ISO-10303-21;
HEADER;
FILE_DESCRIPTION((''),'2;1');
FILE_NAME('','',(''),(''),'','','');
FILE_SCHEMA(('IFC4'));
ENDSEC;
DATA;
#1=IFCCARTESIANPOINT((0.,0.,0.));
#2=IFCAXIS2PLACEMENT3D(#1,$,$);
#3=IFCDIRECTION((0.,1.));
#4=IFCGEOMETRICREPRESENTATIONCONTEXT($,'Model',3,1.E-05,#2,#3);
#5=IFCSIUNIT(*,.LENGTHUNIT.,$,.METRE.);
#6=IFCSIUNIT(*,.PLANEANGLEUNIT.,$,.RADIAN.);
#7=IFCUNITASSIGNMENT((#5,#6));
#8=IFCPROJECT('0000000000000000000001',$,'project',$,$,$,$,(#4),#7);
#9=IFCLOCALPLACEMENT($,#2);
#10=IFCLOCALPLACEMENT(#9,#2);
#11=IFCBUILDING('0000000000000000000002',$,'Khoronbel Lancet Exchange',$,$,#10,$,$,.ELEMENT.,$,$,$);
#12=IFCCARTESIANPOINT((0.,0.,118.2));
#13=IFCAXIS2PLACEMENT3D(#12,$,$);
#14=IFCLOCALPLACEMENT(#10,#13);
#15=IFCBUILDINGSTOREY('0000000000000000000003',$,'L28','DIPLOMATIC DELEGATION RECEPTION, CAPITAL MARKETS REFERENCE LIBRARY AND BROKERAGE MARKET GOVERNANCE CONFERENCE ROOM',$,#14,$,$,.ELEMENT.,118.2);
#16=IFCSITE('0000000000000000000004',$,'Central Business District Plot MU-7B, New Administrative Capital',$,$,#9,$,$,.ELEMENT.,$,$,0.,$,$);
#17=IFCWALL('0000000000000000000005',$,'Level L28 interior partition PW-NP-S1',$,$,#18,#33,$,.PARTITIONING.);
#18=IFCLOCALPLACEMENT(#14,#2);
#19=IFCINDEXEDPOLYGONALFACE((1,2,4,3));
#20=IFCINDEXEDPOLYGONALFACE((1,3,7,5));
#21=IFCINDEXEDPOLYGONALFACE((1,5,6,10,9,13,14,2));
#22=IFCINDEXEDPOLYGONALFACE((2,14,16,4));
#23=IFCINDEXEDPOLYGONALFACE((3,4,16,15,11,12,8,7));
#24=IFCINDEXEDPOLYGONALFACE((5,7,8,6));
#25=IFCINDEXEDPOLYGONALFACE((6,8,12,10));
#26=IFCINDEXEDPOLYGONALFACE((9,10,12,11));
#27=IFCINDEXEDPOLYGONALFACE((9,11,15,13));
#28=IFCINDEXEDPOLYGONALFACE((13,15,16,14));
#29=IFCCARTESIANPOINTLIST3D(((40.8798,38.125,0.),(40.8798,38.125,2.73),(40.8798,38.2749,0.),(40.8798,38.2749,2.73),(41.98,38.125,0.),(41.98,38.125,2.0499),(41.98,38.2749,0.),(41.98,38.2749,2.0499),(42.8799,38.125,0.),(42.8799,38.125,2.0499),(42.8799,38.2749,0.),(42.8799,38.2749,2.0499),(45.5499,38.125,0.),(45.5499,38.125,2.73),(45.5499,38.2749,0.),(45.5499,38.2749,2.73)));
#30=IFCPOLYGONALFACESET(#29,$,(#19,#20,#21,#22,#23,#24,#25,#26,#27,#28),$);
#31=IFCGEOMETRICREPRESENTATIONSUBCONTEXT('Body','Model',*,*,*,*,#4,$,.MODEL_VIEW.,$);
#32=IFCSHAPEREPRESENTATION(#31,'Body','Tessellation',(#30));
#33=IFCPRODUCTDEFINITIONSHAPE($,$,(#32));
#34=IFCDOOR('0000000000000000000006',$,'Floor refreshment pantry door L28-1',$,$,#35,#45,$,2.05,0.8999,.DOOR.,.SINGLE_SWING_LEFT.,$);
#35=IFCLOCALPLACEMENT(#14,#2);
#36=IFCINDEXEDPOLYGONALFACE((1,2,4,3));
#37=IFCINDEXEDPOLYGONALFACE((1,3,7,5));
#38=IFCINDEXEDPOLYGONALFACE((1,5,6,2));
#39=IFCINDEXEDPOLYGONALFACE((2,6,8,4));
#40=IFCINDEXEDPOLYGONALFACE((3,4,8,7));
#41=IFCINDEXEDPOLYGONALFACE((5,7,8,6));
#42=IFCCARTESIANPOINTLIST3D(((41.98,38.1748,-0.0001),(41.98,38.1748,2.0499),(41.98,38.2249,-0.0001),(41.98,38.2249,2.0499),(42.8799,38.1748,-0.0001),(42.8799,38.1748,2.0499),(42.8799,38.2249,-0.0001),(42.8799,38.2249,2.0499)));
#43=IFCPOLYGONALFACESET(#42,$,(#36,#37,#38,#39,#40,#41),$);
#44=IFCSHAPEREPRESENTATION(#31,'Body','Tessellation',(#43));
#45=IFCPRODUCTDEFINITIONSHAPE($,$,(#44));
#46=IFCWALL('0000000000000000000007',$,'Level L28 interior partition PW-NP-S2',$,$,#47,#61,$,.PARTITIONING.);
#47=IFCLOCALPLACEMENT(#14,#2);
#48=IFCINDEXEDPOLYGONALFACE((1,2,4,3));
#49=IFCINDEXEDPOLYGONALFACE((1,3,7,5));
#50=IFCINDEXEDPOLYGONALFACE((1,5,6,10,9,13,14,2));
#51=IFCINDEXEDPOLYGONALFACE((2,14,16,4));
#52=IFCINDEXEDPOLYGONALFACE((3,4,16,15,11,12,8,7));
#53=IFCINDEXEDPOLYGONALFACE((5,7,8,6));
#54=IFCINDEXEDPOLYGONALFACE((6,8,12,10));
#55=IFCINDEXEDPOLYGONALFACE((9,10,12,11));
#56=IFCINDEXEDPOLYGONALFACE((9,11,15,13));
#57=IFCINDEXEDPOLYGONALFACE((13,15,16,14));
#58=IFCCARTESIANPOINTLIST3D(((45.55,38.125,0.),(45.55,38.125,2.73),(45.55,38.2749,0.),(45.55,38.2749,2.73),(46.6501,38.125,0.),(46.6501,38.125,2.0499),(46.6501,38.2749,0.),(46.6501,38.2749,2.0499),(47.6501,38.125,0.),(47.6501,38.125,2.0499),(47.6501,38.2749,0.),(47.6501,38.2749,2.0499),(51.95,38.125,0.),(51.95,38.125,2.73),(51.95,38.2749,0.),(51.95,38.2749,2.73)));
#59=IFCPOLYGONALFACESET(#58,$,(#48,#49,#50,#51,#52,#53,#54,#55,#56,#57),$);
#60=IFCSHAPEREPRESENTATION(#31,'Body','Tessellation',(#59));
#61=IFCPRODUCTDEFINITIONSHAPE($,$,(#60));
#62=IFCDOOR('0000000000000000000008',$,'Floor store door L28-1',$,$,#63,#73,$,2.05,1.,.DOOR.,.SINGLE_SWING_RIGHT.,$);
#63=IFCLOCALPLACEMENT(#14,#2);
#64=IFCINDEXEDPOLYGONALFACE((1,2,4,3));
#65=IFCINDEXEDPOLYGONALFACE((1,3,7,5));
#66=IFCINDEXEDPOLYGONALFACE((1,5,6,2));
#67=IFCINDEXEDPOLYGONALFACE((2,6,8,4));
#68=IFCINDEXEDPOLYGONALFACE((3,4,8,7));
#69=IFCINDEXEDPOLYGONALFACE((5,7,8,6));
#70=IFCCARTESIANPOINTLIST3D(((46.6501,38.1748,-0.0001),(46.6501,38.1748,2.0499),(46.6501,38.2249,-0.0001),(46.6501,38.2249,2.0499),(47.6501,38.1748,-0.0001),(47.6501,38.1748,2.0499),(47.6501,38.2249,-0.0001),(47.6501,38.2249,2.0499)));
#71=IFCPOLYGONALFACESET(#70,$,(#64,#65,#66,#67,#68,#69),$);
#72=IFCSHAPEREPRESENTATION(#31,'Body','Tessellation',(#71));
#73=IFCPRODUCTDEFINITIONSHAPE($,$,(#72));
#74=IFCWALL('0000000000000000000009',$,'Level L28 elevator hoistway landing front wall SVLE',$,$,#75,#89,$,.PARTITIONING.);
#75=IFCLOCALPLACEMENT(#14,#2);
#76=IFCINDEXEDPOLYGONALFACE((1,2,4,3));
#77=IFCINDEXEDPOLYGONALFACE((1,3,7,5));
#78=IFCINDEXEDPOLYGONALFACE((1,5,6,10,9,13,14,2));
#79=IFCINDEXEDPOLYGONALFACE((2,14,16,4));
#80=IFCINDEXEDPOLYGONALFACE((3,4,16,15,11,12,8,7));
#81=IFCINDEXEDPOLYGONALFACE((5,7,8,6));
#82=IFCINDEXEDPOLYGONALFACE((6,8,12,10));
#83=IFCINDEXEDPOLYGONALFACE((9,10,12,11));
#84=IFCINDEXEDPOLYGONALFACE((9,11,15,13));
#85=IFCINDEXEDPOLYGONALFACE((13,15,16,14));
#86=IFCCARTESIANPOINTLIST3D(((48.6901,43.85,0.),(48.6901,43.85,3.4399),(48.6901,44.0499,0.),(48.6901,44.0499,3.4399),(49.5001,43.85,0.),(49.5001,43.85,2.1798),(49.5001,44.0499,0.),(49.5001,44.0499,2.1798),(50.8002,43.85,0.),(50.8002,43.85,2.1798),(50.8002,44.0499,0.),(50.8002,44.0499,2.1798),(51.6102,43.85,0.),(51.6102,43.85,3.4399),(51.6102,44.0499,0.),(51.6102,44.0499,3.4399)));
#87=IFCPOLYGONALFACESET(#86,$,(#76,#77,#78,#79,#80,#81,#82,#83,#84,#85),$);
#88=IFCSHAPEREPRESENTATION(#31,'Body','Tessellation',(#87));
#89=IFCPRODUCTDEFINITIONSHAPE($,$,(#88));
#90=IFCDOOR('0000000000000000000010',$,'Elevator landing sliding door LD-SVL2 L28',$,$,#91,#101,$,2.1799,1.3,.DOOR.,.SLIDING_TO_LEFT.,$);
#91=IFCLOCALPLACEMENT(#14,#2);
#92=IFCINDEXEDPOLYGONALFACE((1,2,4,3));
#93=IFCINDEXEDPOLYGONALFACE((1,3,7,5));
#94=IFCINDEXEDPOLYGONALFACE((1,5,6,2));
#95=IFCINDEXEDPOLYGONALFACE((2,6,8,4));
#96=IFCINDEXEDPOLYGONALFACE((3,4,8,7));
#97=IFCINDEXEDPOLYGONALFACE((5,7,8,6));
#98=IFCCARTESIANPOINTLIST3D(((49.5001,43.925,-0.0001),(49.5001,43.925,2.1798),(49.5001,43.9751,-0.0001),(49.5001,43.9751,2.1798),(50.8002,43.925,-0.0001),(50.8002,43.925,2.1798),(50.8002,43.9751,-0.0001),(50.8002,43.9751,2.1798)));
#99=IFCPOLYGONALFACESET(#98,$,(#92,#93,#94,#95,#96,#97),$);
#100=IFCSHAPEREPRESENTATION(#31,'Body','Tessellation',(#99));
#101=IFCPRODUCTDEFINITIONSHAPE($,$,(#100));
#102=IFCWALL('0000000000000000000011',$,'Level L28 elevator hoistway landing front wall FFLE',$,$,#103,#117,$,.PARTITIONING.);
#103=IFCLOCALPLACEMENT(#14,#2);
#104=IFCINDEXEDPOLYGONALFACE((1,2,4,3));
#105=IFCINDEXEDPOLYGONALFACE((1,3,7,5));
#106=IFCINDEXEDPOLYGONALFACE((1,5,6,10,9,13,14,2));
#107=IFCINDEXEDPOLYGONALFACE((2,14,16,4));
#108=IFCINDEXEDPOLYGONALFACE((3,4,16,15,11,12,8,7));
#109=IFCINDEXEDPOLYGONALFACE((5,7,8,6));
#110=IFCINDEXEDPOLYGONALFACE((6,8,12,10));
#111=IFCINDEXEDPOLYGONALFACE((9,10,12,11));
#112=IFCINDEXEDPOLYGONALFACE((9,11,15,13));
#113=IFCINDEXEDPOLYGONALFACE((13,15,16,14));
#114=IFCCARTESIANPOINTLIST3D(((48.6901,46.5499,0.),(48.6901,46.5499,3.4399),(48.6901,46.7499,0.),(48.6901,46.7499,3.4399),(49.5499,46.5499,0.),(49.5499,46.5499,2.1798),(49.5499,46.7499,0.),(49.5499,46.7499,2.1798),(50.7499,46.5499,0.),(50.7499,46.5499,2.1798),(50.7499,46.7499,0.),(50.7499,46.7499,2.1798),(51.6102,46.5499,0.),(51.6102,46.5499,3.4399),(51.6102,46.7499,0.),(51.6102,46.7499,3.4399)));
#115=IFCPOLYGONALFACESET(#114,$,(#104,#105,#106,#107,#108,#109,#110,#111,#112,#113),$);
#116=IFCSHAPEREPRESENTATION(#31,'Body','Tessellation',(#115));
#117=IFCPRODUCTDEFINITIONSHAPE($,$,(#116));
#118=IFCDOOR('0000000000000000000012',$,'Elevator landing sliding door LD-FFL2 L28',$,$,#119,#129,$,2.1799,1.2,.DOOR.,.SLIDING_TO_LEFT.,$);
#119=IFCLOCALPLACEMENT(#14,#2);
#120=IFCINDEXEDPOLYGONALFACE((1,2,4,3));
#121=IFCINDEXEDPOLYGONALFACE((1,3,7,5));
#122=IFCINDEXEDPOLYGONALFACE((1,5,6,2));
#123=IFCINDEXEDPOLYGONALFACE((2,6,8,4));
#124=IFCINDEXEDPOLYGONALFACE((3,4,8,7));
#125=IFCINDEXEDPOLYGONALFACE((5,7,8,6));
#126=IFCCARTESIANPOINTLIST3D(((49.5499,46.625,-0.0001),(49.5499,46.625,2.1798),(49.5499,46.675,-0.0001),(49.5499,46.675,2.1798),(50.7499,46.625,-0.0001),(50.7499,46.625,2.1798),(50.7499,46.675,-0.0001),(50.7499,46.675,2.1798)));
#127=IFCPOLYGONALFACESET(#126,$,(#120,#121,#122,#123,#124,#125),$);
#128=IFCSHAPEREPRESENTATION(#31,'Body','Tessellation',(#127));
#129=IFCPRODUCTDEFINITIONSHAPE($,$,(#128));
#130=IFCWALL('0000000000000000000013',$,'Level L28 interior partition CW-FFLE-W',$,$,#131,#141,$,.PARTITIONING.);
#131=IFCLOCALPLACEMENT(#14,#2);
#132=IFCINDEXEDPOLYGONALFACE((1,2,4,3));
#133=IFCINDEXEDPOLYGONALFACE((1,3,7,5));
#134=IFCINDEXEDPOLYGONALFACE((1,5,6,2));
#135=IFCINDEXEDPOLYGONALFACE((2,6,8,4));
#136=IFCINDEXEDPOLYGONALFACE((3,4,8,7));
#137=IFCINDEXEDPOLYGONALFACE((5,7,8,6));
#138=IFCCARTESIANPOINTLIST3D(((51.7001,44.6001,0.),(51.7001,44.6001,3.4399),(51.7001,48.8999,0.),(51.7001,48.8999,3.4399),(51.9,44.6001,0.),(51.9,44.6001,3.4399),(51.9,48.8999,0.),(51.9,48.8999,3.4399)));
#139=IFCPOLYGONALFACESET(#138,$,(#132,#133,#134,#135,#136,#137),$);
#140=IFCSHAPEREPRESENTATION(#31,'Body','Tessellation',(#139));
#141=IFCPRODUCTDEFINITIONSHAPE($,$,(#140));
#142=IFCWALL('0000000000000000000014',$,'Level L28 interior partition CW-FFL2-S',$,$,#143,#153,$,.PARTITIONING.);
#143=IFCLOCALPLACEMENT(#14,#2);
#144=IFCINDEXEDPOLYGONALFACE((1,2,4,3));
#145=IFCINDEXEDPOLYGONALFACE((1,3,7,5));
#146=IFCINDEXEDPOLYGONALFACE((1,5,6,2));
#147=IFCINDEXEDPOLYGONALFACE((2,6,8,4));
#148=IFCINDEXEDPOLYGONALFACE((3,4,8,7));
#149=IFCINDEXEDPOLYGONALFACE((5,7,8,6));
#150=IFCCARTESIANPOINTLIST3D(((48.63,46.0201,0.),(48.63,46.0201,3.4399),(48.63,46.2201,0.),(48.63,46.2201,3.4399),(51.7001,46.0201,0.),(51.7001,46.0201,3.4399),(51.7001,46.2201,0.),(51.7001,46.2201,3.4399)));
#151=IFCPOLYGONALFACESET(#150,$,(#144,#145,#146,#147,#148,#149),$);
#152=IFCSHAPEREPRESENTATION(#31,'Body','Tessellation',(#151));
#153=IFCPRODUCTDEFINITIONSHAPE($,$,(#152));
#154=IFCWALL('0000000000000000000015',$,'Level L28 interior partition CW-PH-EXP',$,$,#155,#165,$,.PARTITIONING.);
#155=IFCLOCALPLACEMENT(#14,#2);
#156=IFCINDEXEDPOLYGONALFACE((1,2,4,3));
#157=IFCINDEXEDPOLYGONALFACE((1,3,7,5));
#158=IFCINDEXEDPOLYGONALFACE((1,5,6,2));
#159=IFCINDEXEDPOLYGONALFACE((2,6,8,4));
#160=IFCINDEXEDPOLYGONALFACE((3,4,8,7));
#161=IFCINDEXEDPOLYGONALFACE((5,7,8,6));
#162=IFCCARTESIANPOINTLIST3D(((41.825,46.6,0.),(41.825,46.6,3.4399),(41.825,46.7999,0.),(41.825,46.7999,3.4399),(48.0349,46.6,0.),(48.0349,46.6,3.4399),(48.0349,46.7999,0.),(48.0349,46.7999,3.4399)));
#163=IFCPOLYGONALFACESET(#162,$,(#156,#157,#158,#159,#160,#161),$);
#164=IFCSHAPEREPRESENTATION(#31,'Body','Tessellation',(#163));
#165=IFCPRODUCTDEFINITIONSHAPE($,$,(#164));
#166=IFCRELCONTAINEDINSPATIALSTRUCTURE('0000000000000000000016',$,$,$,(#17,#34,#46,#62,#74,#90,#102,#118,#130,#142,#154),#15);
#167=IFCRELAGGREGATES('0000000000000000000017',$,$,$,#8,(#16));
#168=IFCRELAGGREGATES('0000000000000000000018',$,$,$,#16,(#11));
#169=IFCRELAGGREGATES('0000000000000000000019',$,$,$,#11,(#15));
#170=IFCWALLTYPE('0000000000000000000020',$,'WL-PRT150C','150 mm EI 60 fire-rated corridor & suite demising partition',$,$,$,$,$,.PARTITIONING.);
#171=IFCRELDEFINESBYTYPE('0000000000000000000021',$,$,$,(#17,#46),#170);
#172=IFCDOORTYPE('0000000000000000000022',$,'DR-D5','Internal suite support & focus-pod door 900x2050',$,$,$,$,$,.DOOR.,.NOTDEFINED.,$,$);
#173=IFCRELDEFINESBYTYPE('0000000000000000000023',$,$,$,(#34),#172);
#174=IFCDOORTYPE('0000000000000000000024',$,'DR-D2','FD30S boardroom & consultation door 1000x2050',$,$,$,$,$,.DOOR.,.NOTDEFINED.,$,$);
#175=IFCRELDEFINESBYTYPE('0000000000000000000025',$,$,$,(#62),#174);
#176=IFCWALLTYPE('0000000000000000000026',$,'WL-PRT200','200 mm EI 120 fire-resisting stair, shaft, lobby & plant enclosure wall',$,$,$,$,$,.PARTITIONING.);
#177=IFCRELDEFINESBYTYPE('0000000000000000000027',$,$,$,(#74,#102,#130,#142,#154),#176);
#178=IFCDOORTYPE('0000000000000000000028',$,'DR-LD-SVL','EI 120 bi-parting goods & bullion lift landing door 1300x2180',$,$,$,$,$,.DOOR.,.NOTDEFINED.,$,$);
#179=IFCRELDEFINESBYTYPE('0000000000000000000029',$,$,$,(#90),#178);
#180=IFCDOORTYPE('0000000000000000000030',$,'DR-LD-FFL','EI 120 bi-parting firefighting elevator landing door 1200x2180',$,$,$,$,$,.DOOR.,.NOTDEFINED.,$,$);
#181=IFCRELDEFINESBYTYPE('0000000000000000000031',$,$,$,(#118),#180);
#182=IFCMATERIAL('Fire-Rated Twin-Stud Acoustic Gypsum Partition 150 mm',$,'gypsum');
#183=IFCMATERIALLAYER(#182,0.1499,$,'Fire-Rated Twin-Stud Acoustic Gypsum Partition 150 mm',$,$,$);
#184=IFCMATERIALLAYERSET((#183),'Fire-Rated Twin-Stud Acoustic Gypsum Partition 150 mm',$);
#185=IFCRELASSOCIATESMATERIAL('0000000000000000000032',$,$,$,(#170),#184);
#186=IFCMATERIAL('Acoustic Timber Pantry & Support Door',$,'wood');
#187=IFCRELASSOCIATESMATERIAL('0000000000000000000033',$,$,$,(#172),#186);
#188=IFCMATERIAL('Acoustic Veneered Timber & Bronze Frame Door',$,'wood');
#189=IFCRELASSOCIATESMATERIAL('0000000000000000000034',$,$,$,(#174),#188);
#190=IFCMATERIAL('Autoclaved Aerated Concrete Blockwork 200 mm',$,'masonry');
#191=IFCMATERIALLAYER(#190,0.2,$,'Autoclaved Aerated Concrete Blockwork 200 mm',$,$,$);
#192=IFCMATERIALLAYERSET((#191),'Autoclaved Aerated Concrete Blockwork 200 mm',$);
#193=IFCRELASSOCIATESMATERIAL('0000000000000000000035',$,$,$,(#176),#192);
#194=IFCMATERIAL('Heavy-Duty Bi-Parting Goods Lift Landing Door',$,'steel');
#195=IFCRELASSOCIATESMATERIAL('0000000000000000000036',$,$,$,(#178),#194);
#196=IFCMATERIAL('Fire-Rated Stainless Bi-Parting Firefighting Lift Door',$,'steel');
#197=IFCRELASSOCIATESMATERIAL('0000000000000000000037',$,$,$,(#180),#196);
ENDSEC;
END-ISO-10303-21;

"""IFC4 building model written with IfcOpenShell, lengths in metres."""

from ifc_helpers import new_model, si_unit, direction, frame, frame_2d, origin, place, context, subcontext, project, spatial, rectangle, extrude, material, layer, layer_set, type_object, element, fill, save


model = new_model("IFC4")

# Units and contexts
model_context = context("Model", 3, precision=1e-05, world=origin(), true_north=direction((0.0, 1.0)))
body_context = subcontext(model_context, "Body", "Model", "MODEL_VIEW")
ifc_project = project(units=[si_unit("LENGTHUNIT", "METRE"), si_unit("PLANEANGLEUNIT", "RADIAN")], contexts=[model_context])

# Site, building, storey
site_placement = place(None, origin())
site = spatial("IfcSite", under=ifc_project, at=site_placement, Name="Central Business District Plot MU-7B, New Administrative Capital", CompositionType="ELEMENT", RefElevation=0.0)
building_placement = place(site_placement, origin())
building = spatial("IfcBuilding", under=site, at=building_placement, Name="Khoronbel Lancet Exchange", CompositionType="ELEMENT")
storey_placement = place(building_placement, frame((0.0, 0.0, 118.2)))
storey = spatial("IfcBuildingStorey", under=building, at=storey_placement, Name="L28", Description="DIPLOMATIC DELEGATION RECEPTION, CAPITAL MARKETS REFERENCE LIBRARY AND BROKERAGE MARKET GOVERNANCE CONFERENCE ROOM", CompositionType="ELEMENT", Elevation=118.2)

# Walls, openings, doors
ifc_material_1 = material(Name="Fire-Rated Twin-Stud Acoustic Gypsum Partition 150 mm", Category="gypsum")
ifc_layer_1 = layer(ifc_material_1, 0.1499, Name="Fire-Rated Twin-Stud Acoustic Gypsum Partition 150 mm")
ifc_layer_set_1 = layer_set([ifc_layer_1], Name="Fire-Rated Twin-Stud Acoustic Gypsum Partition 150 mm")
wall_type_1 = type_object("IfcWallType", Name="WL-PRT150C", Description="150 mm EI 60 fire-rated corridor & suite demising partition", PredefinedType="PARTITIONING", material=ifc_layer_set_1)
wall_1_placement = place(storey_placement, frame((40.8799, 38.2, 0.0), z_axis=(0.0, 0.0, 1.0), x_axis=(1.0, 0.0, 0.0)))
wall_1 = element("IfcWall", 1, at=wall_1_placement, inside=storey, type_object=wall_type_1, Name="Level L28 interior partition PW-NP-S1", PredefinedType="PARTITIONING", context=body_context, shape_type="SweptSolid", body=[
    extrude(rectangle(XDim=4.6702, YDim=0.1499, at=frame_2d((2.335, 0.0))), origin(), (0.0, 0.0, 1.0), 2.73),
])
opening_1_placement = place(wall_1_placement, frame((1.1001, 0.0, 0.0)))
opening_1 = element("IfcOpeningElement", 2, at=opening_1_placement, cuts=wall_1, PredefinedType="OPENING", context=body_context, shape_type="SweptSolid", body=[
    extrude(rectangle(XDim=0.8999, YDim=2.05, at=frame_2d((0.45, 1.0249))), frame((0.0, 0.085, 0.0), z_axis=(0.0, -1.0, 0.0), x_axis=(1.0, 0.0, 0.0)), (0.0, 0.0, 1.0), 0.1699),
])
ifc_material_2 = material(Name="Acoustic Timber Pantry & Support Door", Category="wood")
door_type_1 = type_object("IfcDoorType", Name="DR-D5", Description="Internal suite support & focus-pod door 900x2050", OperationType="NOTDEFINED", PredefinedType="DOOR", material=ifc_material_2)
door_1_placement = place(opening_1_placement, origin())
door_1 = element("IfcDoor", 3, at=door_1_placement, inside=storey, type_object=door_type_1, Name="Floor refreshment pantry door L28-1", OperationType="SINGLE_SWING_LEFT", OverallHeight=2.05, OverallWidth=0.8999, PredefinedType="DOOR", context=body_context, shape_type="SweptSolid", body=[
    extrude(rectangle(XDim=0.8999, YDim=2.05, at=frame_2d((0.45, 1.0249))), frame((0.0, 0.0249, 0.0), z_axis=(0.0, -1.0, 0.0), x_axis=(1.0, 0.0, 0.0)), (0.0, 0.0, 1.0), 0.05),
])
fill(opening_1, door_1)
wall_2_placement = place(storey_placement, frame((45.55, 38.2, 0.0), z_axis=(0.0, 0.0, 1.0), x_axis=(1.0, 0.0, 0.0)))
wall_2 = element("IfcWall", 4, at=wall_2_placement, inside=storey, type_object=wall_type_1, Name="Level L28 interior partition PW-NP-S2", PredefinedType="PARTITIONING", context=body_context, shape_type="SweptSolid", body=[
    extrude(rectangle(XDim=6.3999, YDim=0.1499, at=frame_2d((3.2, 0.0))), origin(), (0.0, 0.0, 1.0), 2.73),
])
opening_2_placement = place(wall_2_placement, frame((1.1001, 0.0, 0.0)))
opening_2 = element("IfcOpeningElement", 5, at=opening_2_placement, cuts=wall_2, PredefinedType="OPENING", context=body_context, shape_type="SweptSolid", body=[
    extrude(rectangle(XDim=1.0, YDim=2.05, at=frame_2d((0.5, 1.0249))), frame((0.0, 0.085, 0.0), z_axis=(0.0, -1.0, 0.0), x_axis=(1.0, 0.0, 0.0)), (0.0, 0.0, 1.0), 0.1699),
])
ifc_material_3 = material(Name="Acoustic Veneered Timber & Bronze Frame Door", Category="wood")
door_type_2 = type_object("IfcDoorType", Name="DR-D2", Description="FD30S boardroom & consultation door 1000x2050", OperationType="NOTDEFINED", PredefinedType="DOOR", material=ifc_material_3)
door_2_placement = place(opening_2_placement, origin())
door_2 = element("IfcDoor", 6, at=door_2_placement, inside=storey, type_object=door_type_2, Name="Floor store door L28-1", OperationType="SINGLE_SWING_RIGHT", OverallHeight=2.05, OverallWidth=1.0, PredefinedType="DOOR", context=body_context, shape_type="SweptSolid", body=[
    extrude(rectangle(XDim=1.0, YDim=2.05, at=frame_2d((0.5, 1.0249))), frame((0.0, 0.0249, 0.0), z_axis=(0.0, -1.0, 0.0), x_axis=(1.0, 0.0, 0.0)), (0.0, 0.0, 1.0), 0.05),
])
fill(opening_2, door_2)
ifc_material_4 = material(Name="Autoclaved Aerated Concrete Blockwork 200 mm", Category="masonry")
ifc_layer_2 = layer(ifc_material_4, 0.2, Name="Autoclaved Aerated Concrete Blockwork 200 mm")
ifc_layer_set_2 = layer_set([ifc_layer_2], Name="Autoclaved Aerated Concrete Blockwork 200 mm")
wall_type_2 = type_object("IfcWallType", Name="WL-PRT200", Description="200 mm EI 120 fire-resisting stair, shaft, lobby & plant enclosure wall", PredefinedType="PARTITIONING", material=ifc_layer_set_2)
wall_3_placement = place(storey_placement, frame((51.6101, 43.95, 0.0), z_axis=(0.0, 0.0, 1.0), x_axis=(-1.0, 0.0, 0.0)))
wall_3 = element("IfcWall", 7, at=wall_3_placement, inside=storey, type_object=wall_type_2, Name="Level L28 elevator hoistway landing front wall SVLE", PredefinedType="PARTITIONING", context=body_context, shape_type="SweptSolid", body=[
    extrude(rectangle(XDim=2.9202, YDim=0.2, at=frame_2d((1.46, 0.0))), origin(), (0.0, 0.0, 1.0), 3.4399),
])
opening_3_placement = place(wall_3_placement, frame((0.8101, 0.0, 0.0)))
opening_3 = element("IfcOpeningElement", 8, at=opening_3_placement, cuts=wall_3, PredefinedType="OPENING", context=body_context, shape_type="SweptSolid", body=[
    extrude(rectangle(XDim=1.3, YDim=2.1799, at=frame_2d((0.6499, 1.0898))), frame((0.0, 0.1099, 0.0), z_axis=(0.0, -1.0, 0.0), x_axis=(1.0, 0.0, 0.0)), (0.0, 0.0, 1.0), 0.22),
])
ifc_material_5 = material(Name="Heavy-Duty Bi-Parting Goods Lift Landing Door", Category="steel")
door_type_3 = type_object("IfcDoorType", Name="DR-LD-SVL", Description="EI 120 bi-parting goods & bullion lift landing door 1300x2180", OperationType="NOTDEFINED", PredefinedType="DOOR", material=ifc_material_5)
door_3_placement = place(opening_3_placement, origin())
door_3 = element("IfcDoor", 9, at=door_3_placement, inside=storey, type_object=door_type_3, Name="Elevator landing sliding door LD-SVL2 L28", OperationType="SLIDING_TO_LEFT", OverallHeight=2.1799, OverallWidth=1.3, PredefinedType="DOOR", context=body_context, shape_type="SweptSolid", body=[
    extrude(rectangle(XDim=1.3, YDim=2.1799, at=frame_2d((0.6499, 1.0898))), frame((0.0, 0.0249, 0.0), z_axis=(0.0, -1.0, 0.0), x_axis=(1.0, 0.0, 0.0)), (0.0, 0.0, 1.0), 0.05),
])
fill(opening_3, door_3)
wall_4_placement = place(storey_placement, frame((51.6101, 46.6499, 0.0), z_axis=(0.0, 0.0, 1.0), x_axis=(-1.0, 0.0, 0.0)))
wall_4 = element("IfcWall", 10, at=wall_4_placement, inside=storey, type_object=wall_type_2, Name="Level L28 elevator hoistway landing front wall FFLE", PredefinedType="PARTITIONING", context=body_context, shape_type="SweptSolid", body=[
    extrude(rectangle(XDim=2.9202, YDim=0.2, at=frame_2d((1.46, 0.0))), origin(), (0.0, 0.0, 1.0), 3.4399),
])
opening_4_placement = place(wall_4_placement, frame((0.8601, 0.0, 0.0)))
opening_4 = element("IfcOpeningElement", 11, at=opening_4_placement, cuts=wall_4, PredefinedType="OPENING", context=body_context, shape_type="SweptSolid", body=[
    extrude(rectangle(XDim=1.2, YDim=2.1799, at=frame_2d((0.6001, 1.0898))), frame((0.0, 0.1099, 0.0), z_axis=(0.0, -1.0, 0.0), x_axis=(1.0, 0.0, 0.0)), (0.0, 0.0, 1.0), 0.22),
])
ifc_material_6 = material(Name="Fire-Rated Stainless Bi-Parting Firefighting Lift Door", Category="steel")
door_type_4 = type_object("IfcDoorType", Name="DR-LD-FFL", Description="EI 120 bi-parting firefighting elevator landing door 1200x2180", OperationType="NOTDEFINED", PredefinedType="DOOR", material=ifc_material_6)
door_4_placement = place(opening_4_placement, origin())
door_4 = element("IfcDoor", 12, at=door_4_placement, inside=storey, type_object=door_type_4, Name="Elevator landing sliding door LD-FFL2 L28", OperationType="SLIDING_TO_LEFT", OverallHeight=2.1799, OverallWidth=1.2, PredefinedType="DOOR", context=body_context, shape_type="SweptSolid", body=[
    extrude(rectangle(XDim=1.2, YDim=2.1799, at=frame_2d((0.6001, 1.0898))), frame((0.0, 0.0249, 0.0), z_axis=(0.0, -1.0, 0.0), x_axis=(1.0, 0.0, 0.0)), (0.0, 0.0, 1.0), 0.05),
])
fill(opening_4, door_4)

# Walls
wall_5_placement = place(storey_placement, frame((51.8, 44.6001, 0.0), z_axis=(0.0, 0.0, 1.0), x_axis=(0.0, 1.0, 0.0)))
element("IfcWall", 13, at=wall_5_placement, inside=storey, type_object=wall_type_2, Name="Level L28 interior partition CW-FFLE-W", PredefinedType="PARTITIONING", context=body_context, shape_type="SweptSolid", body=[
    extrude(rectangle(XDim=4.2998, YDim=0.2, at=frame_2d((2.1499, 0.0))), origin(), (0.0, 0.0, 1.0), 3.4399),
])
wall_6_placement = place(storey_placement, frame((48.6299, 46.1201, 0.0), z_axis=(0.0, 0.0, 1.0), x_axis=(1.0, 0.0, 0.0)))
element("IfcWall", 14, at=wall_6_placement, inside=storey, type_object=wall_type_2, Name="Level L28 interior partition CW-FFL2-S", PredefinedType="PARTITIONING", context=body_context, shape_type="SweptSolid", body=[
    extrude(rectangle(XDim=3.0701, YDim=0.2, at=frame_2d((1.5352, 0.0))), origin(), (0.0, 0.0, 1.0), 3.4399),
])

# Wall
wall_7_placement = place(storey_placement, frame((41.825, 46.7, 0.0), z_axis=(0.0, 0.0, 1.0), x_axis=(1.0, 0.0, 0.0)))
element("IfcWall", 15, at=wall_7_placement, inside=storey, type_object=wall_type_2, Name="Level L28 interior partition CW-PH-EXP", PredefinedType="PARTITIONING", context=body_context, shape_type="SweptSolid", body=[
    extrude(rectangle(XDim=6.21, YDim=0.2, at=frame_2d((3.105, 0.0))), origin(), (0.0, 0.0, 1.0), 3.4399),
])

save(model, "model.ifc")
